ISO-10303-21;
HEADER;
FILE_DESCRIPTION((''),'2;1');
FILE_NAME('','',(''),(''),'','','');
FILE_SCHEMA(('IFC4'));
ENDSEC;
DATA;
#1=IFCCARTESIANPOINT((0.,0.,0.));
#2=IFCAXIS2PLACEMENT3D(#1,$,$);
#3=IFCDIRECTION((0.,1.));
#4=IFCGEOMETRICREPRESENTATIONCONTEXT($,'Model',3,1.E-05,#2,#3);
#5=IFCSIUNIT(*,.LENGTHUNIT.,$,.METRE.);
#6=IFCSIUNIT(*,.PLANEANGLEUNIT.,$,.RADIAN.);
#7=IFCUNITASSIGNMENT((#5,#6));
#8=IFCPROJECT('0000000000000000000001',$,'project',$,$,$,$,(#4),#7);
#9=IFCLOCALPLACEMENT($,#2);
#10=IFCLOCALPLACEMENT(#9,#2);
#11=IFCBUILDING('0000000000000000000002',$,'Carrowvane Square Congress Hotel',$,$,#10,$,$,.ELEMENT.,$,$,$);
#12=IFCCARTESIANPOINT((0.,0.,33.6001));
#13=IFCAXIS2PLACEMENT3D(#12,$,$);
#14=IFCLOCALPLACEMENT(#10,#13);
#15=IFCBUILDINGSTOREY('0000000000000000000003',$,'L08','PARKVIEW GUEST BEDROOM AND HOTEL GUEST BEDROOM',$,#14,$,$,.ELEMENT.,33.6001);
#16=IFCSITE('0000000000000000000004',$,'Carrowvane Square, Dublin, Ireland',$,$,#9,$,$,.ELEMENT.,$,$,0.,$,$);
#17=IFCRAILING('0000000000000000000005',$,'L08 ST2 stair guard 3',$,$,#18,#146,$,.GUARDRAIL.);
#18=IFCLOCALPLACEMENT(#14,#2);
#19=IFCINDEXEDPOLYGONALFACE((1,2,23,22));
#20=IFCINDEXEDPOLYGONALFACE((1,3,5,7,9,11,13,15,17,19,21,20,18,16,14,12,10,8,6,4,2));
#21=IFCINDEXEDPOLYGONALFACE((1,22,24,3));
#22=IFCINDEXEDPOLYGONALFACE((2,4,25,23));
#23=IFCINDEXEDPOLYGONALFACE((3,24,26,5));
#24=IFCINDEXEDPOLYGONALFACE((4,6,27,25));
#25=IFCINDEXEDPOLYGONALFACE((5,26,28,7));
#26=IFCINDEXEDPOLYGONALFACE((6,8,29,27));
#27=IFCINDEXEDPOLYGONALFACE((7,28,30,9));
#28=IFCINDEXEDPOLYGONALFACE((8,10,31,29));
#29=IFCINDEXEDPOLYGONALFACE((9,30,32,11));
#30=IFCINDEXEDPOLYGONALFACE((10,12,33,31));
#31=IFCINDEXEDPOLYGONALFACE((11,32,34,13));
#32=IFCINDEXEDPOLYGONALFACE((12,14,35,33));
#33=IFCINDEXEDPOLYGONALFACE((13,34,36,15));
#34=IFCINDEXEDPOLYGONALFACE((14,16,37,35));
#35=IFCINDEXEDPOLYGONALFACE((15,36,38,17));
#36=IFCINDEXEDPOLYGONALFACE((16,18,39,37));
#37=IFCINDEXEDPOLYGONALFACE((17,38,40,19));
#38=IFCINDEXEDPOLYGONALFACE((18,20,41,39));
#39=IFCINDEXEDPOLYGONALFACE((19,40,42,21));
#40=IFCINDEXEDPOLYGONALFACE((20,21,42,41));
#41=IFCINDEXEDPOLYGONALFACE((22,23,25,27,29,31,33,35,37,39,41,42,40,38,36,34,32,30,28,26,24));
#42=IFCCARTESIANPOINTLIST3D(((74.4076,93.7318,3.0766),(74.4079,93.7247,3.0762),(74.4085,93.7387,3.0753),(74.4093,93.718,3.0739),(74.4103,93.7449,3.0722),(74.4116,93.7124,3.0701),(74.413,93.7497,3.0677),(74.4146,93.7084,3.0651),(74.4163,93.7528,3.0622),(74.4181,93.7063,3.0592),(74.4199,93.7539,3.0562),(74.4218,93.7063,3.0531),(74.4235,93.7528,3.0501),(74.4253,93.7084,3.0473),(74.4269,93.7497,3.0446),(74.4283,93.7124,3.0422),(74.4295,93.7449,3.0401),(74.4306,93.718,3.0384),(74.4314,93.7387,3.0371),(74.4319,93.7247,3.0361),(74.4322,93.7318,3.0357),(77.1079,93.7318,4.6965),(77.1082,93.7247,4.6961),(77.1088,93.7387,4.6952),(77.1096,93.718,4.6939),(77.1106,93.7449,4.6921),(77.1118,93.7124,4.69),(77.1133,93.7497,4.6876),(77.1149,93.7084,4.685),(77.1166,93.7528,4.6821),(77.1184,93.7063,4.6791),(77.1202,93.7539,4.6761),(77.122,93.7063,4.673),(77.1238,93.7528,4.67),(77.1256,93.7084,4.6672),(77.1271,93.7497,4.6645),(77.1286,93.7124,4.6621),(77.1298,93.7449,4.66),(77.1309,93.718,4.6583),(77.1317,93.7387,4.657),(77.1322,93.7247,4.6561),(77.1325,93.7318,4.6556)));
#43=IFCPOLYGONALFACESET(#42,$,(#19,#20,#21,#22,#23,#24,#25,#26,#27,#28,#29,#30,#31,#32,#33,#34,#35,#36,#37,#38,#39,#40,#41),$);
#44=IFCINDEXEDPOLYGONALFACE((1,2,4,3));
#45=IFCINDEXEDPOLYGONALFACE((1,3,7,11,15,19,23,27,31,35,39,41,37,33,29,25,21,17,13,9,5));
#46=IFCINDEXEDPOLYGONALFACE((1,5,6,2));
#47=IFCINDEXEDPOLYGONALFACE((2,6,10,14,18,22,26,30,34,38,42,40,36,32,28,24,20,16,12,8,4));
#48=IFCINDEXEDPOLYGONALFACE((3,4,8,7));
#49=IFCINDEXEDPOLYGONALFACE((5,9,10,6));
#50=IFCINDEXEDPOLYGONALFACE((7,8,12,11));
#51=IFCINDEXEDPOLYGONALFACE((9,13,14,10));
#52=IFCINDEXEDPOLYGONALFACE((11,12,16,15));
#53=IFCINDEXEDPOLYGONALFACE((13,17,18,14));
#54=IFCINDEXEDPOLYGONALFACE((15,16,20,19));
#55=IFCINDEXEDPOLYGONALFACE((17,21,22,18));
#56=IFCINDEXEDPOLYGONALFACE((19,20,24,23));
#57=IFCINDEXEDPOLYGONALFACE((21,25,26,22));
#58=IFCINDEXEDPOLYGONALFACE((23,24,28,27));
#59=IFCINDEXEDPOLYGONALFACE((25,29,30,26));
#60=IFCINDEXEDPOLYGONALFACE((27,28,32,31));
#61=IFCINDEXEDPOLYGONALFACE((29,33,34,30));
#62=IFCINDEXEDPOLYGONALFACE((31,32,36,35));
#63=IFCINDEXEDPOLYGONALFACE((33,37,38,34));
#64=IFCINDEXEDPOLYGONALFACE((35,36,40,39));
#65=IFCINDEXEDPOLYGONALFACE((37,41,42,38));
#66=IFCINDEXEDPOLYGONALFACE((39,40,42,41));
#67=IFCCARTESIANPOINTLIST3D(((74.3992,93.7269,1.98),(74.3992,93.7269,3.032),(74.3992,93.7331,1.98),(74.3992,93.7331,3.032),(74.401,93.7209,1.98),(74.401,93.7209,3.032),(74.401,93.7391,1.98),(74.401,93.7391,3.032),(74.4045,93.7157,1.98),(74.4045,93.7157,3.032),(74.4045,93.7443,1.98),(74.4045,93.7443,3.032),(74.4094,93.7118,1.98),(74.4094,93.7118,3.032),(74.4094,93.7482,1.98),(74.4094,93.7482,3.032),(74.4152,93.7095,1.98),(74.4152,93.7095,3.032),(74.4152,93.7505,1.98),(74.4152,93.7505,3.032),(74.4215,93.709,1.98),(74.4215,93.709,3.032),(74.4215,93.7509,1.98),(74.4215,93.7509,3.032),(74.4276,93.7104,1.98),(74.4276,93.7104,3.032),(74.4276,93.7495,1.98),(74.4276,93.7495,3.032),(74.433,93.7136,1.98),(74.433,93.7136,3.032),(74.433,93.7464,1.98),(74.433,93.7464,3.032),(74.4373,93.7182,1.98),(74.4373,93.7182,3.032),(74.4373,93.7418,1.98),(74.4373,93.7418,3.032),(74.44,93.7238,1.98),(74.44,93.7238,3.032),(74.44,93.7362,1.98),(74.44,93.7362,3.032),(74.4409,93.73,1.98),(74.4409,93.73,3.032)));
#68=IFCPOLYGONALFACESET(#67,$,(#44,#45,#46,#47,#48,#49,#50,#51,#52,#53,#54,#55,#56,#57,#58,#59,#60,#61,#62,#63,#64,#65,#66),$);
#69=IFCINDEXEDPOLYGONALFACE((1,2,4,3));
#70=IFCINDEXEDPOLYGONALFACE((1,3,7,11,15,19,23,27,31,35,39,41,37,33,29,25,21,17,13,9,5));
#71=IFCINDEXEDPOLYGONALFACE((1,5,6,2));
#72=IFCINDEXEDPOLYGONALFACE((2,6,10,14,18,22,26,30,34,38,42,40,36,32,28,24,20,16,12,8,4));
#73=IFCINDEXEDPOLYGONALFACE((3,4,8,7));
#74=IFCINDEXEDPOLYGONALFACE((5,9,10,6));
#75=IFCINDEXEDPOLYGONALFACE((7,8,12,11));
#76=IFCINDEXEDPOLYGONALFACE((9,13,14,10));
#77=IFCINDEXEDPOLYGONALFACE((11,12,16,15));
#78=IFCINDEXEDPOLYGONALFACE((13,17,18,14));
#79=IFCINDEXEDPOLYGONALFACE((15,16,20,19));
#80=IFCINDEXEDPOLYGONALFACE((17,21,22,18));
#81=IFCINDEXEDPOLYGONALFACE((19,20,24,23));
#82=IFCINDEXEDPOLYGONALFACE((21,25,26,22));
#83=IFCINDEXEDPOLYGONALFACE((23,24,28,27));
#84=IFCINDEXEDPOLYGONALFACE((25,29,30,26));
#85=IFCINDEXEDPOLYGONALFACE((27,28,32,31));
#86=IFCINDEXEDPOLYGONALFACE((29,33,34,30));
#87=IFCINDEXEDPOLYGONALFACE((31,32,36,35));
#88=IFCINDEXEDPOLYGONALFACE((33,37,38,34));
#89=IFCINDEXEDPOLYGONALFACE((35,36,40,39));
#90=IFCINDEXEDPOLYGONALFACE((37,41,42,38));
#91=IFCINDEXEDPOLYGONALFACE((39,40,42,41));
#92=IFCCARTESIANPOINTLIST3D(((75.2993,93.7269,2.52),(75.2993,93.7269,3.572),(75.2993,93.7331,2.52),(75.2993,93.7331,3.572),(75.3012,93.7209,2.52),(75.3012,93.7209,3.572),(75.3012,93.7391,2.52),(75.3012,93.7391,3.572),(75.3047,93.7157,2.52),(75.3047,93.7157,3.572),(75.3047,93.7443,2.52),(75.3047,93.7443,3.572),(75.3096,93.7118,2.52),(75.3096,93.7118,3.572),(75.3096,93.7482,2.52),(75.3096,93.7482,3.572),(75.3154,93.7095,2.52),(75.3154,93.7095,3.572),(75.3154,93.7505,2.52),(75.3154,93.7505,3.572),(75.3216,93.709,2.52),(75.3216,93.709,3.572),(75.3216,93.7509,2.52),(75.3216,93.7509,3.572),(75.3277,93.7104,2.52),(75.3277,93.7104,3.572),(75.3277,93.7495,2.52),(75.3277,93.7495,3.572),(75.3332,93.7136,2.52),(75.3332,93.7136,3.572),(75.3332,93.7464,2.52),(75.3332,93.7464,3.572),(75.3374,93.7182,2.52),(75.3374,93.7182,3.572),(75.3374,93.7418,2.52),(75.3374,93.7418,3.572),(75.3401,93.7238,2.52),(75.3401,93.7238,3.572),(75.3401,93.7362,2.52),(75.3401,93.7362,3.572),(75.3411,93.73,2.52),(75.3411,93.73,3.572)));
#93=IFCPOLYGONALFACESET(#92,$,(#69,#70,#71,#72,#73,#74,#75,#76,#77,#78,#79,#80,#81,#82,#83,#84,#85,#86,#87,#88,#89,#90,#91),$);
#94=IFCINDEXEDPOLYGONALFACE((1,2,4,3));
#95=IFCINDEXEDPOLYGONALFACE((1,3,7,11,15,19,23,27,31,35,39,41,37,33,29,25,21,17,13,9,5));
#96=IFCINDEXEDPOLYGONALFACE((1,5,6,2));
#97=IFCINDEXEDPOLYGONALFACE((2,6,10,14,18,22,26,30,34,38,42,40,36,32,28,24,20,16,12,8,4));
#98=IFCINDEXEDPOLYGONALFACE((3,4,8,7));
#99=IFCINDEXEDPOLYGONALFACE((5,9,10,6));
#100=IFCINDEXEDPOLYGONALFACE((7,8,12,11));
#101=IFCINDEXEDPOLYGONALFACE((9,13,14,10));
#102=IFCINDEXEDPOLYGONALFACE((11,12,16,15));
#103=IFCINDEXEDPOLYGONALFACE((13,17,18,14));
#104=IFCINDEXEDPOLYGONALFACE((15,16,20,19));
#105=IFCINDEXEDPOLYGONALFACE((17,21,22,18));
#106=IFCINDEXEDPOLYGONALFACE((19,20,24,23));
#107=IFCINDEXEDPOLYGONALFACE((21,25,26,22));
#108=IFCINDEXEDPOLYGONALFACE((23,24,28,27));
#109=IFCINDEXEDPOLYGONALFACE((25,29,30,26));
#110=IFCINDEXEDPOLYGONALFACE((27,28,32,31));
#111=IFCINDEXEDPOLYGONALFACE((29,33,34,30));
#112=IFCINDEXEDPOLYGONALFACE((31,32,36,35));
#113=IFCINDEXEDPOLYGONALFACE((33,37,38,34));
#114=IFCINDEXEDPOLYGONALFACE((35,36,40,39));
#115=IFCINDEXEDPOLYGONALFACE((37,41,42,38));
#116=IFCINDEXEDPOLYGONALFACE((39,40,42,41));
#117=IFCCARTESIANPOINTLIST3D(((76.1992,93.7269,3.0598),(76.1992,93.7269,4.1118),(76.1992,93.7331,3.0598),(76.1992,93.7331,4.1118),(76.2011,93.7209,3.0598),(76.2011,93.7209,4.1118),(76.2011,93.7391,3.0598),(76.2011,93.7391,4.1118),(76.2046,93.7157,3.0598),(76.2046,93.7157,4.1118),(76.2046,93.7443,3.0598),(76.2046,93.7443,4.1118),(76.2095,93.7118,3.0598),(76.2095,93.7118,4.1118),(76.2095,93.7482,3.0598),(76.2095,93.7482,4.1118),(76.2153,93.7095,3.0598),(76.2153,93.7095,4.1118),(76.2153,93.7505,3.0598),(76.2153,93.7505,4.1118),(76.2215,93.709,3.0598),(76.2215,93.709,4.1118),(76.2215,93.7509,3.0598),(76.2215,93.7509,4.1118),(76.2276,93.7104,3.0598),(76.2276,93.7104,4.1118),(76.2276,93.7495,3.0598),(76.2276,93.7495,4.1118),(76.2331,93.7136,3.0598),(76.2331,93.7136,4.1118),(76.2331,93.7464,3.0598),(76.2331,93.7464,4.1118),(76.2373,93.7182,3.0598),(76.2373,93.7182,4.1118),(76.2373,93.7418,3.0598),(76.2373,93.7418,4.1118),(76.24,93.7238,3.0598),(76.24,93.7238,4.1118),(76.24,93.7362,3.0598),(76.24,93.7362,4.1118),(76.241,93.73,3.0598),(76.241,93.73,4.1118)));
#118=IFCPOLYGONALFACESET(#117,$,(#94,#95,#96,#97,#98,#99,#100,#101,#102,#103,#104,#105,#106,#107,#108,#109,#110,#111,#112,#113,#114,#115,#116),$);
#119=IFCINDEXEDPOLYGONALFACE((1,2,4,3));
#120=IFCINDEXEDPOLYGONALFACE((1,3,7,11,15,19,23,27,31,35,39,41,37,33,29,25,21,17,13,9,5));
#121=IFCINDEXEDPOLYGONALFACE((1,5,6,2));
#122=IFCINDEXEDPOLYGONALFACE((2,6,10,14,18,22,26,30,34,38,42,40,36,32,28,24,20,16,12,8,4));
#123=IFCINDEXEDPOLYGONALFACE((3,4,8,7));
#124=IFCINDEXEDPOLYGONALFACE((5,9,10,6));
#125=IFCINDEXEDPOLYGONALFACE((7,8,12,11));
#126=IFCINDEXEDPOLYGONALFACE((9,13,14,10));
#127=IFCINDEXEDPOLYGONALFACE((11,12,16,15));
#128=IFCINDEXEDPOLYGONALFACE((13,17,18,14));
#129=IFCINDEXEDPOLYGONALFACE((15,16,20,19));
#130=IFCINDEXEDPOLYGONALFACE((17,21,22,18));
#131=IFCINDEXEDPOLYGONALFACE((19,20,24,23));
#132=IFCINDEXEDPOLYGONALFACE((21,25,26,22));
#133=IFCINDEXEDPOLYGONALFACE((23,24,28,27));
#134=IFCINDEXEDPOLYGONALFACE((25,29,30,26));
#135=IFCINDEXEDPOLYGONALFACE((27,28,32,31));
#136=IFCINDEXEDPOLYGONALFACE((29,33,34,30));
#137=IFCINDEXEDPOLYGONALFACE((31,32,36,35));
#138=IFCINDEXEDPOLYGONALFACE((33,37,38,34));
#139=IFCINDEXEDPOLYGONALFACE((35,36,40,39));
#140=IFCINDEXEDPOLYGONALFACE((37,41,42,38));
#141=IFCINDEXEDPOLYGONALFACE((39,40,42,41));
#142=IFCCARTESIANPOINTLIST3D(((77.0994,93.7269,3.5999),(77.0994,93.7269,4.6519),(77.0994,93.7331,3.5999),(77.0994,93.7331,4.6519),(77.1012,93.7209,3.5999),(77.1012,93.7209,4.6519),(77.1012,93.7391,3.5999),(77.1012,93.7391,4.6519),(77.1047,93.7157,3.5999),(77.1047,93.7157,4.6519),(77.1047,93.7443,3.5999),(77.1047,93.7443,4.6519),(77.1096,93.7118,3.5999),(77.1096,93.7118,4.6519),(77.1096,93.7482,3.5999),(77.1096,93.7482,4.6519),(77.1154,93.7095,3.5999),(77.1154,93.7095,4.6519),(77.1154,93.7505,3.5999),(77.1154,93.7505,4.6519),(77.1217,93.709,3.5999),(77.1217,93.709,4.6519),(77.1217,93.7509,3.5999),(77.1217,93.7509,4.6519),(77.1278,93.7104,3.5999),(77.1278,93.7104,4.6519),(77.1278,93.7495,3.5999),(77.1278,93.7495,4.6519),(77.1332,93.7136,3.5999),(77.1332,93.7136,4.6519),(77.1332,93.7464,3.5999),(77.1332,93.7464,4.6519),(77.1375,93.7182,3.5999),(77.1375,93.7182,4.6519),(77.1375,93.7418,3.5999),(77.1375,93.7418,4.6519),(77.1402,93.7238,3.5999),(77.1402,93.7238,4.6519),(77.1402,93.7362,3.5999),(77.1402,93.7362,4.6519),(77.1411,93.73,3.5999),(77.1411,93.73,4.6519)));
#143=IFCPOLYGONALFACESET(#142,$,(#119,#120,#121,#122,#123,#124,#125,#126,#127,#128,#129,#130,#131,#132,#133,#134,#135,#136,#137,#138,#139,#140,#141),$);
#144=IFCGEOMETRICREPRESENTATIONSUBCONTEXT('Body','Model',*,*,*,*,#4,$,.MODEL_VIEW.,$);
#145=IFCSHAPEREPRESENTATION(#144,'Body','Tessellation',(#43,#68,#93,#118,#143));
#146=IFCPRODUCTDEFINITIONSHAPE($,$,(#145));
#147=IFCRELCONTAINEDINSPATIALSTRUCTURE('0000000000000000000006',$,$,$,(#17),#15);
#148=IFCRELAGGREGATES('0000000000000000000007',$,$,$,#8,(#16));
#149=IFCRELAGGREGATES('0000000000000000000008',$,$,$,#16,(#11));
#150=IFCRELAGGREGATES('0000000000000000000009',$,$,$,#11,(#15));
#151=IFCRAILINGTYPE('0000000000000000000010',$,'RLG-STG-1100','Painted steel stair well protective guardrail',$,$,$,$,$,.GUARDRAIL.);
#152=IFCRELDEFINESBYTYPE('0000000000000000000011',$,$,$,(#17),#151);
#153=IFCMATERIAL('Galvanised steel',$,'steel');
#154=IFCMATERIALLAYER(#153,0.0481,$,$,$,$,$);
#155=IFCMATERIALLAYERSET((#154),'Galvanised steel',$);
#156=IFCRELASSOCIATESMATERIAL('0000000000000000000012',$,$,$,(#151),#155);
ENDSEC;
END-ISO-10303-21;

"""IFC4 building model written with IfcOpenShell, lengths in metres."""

from ifc_helpers import new_model, si_unit, direction, frame, origin, origin_2d, place, context, subcontext, project, spatial, circle, extrude, material, layer, layer_set, type_object, element, save


model = new_model("IFC4")

# Units and contexts
model_context = context("Model", 3, precision=1e-05, world=origin(), true_north=direction((0.0, 1.0)))
body_context = subcontext(model_context, "Body", "Model", "MODEL_VIEW")
ifc_project = project(units=[si_unit("LENGTHUNIT", "METRE"), si_unit("PLANEANGLEUNIT", "RADIAN")], contexts=[model_context])

# Site, building, storey
site_placement = place(None, origin())
site = spatial("IfcSite", under=ifc_project, at=site_placement, Name="Carrowvane Square, Dublin, Ireland", CompositionType="ELEMENT", RefElevation=0.0)
building_placement = place(site_placement, origin())
building = spatial("IfcBuilding", under=site, at=building_placement, Name="Carrowvane Square Congress Hotel", CompositionType="ELEMENT")
storey_placement = place(building_placement, frame((0.0, 0.0, 33.6001)))
storey = spatial("IfcBuildingStorey", under=building, at=storey_placement, Name="L08", Description="PARKVIEW GUEST BEDROOM AND HOTEL GUEST BEDROOM", CompositionType="ELEMENT", Elevation=33.6001)

# Railing
ifc_material_1 = material(Name="Galvanised steel", Category="steel")
ifc_layer_1 = layer(ifc_material_1, 0.0481)
ifc_layer_set_1 = layer_set([ifc_layer_1], Name="Galvanised steel")
railing_type_1 = type_object("IfcRailingType", Name="RLG-STG-1100", Description="Painted steel stair well protective guardrail", PredefinedType="GUARDRAIL", material=ifc_layer_set_1)
railing_1_placement = place(storey_placement, frame((74.4199, 93.73, 1.98)))
element("IfcRailing", 1, at=railing_1_placement, inside=storey, type_object=railing_type_1, Name="L08 ST2 stair guard 3", PredefinedType="GUARDRAIL", context=body_context, shape_type="SweptSolid", body=[
    extrude(circle(Radius=0.0239, at=origin_2d()), frame((0.0, 0.0, 1.0762), z_axis=(0.857527, 0.0, 0.514439), x_axis=(0.0, 1.0, 0.0)), (0.0, 0.0, 1.0), 3.1489),
    extrude(circle(Radius=0.021, at=origin_2d()), origin(), (0.0, 0.0, 1.0), 1.052),
    extrude(circle(Radius=0.021, at=origin_2d()), frame((0.9001, 0.0, 0.54)), (0.0, 0.0, 1.0), 1.052),
    extrude(circle(Radius=0.021, at=origin_2d()), frame((1.8, 0.0, 1.0798)), (0.0, 0.0, 1.0), 1.052),
    extrude(circle(Radius=0.021, at=origin_2d()), frame((2.7002, 0.0, 1.6199)), (0.0, 0.0, 1.0), 1.052),
])

save(model, "model.ifc")
